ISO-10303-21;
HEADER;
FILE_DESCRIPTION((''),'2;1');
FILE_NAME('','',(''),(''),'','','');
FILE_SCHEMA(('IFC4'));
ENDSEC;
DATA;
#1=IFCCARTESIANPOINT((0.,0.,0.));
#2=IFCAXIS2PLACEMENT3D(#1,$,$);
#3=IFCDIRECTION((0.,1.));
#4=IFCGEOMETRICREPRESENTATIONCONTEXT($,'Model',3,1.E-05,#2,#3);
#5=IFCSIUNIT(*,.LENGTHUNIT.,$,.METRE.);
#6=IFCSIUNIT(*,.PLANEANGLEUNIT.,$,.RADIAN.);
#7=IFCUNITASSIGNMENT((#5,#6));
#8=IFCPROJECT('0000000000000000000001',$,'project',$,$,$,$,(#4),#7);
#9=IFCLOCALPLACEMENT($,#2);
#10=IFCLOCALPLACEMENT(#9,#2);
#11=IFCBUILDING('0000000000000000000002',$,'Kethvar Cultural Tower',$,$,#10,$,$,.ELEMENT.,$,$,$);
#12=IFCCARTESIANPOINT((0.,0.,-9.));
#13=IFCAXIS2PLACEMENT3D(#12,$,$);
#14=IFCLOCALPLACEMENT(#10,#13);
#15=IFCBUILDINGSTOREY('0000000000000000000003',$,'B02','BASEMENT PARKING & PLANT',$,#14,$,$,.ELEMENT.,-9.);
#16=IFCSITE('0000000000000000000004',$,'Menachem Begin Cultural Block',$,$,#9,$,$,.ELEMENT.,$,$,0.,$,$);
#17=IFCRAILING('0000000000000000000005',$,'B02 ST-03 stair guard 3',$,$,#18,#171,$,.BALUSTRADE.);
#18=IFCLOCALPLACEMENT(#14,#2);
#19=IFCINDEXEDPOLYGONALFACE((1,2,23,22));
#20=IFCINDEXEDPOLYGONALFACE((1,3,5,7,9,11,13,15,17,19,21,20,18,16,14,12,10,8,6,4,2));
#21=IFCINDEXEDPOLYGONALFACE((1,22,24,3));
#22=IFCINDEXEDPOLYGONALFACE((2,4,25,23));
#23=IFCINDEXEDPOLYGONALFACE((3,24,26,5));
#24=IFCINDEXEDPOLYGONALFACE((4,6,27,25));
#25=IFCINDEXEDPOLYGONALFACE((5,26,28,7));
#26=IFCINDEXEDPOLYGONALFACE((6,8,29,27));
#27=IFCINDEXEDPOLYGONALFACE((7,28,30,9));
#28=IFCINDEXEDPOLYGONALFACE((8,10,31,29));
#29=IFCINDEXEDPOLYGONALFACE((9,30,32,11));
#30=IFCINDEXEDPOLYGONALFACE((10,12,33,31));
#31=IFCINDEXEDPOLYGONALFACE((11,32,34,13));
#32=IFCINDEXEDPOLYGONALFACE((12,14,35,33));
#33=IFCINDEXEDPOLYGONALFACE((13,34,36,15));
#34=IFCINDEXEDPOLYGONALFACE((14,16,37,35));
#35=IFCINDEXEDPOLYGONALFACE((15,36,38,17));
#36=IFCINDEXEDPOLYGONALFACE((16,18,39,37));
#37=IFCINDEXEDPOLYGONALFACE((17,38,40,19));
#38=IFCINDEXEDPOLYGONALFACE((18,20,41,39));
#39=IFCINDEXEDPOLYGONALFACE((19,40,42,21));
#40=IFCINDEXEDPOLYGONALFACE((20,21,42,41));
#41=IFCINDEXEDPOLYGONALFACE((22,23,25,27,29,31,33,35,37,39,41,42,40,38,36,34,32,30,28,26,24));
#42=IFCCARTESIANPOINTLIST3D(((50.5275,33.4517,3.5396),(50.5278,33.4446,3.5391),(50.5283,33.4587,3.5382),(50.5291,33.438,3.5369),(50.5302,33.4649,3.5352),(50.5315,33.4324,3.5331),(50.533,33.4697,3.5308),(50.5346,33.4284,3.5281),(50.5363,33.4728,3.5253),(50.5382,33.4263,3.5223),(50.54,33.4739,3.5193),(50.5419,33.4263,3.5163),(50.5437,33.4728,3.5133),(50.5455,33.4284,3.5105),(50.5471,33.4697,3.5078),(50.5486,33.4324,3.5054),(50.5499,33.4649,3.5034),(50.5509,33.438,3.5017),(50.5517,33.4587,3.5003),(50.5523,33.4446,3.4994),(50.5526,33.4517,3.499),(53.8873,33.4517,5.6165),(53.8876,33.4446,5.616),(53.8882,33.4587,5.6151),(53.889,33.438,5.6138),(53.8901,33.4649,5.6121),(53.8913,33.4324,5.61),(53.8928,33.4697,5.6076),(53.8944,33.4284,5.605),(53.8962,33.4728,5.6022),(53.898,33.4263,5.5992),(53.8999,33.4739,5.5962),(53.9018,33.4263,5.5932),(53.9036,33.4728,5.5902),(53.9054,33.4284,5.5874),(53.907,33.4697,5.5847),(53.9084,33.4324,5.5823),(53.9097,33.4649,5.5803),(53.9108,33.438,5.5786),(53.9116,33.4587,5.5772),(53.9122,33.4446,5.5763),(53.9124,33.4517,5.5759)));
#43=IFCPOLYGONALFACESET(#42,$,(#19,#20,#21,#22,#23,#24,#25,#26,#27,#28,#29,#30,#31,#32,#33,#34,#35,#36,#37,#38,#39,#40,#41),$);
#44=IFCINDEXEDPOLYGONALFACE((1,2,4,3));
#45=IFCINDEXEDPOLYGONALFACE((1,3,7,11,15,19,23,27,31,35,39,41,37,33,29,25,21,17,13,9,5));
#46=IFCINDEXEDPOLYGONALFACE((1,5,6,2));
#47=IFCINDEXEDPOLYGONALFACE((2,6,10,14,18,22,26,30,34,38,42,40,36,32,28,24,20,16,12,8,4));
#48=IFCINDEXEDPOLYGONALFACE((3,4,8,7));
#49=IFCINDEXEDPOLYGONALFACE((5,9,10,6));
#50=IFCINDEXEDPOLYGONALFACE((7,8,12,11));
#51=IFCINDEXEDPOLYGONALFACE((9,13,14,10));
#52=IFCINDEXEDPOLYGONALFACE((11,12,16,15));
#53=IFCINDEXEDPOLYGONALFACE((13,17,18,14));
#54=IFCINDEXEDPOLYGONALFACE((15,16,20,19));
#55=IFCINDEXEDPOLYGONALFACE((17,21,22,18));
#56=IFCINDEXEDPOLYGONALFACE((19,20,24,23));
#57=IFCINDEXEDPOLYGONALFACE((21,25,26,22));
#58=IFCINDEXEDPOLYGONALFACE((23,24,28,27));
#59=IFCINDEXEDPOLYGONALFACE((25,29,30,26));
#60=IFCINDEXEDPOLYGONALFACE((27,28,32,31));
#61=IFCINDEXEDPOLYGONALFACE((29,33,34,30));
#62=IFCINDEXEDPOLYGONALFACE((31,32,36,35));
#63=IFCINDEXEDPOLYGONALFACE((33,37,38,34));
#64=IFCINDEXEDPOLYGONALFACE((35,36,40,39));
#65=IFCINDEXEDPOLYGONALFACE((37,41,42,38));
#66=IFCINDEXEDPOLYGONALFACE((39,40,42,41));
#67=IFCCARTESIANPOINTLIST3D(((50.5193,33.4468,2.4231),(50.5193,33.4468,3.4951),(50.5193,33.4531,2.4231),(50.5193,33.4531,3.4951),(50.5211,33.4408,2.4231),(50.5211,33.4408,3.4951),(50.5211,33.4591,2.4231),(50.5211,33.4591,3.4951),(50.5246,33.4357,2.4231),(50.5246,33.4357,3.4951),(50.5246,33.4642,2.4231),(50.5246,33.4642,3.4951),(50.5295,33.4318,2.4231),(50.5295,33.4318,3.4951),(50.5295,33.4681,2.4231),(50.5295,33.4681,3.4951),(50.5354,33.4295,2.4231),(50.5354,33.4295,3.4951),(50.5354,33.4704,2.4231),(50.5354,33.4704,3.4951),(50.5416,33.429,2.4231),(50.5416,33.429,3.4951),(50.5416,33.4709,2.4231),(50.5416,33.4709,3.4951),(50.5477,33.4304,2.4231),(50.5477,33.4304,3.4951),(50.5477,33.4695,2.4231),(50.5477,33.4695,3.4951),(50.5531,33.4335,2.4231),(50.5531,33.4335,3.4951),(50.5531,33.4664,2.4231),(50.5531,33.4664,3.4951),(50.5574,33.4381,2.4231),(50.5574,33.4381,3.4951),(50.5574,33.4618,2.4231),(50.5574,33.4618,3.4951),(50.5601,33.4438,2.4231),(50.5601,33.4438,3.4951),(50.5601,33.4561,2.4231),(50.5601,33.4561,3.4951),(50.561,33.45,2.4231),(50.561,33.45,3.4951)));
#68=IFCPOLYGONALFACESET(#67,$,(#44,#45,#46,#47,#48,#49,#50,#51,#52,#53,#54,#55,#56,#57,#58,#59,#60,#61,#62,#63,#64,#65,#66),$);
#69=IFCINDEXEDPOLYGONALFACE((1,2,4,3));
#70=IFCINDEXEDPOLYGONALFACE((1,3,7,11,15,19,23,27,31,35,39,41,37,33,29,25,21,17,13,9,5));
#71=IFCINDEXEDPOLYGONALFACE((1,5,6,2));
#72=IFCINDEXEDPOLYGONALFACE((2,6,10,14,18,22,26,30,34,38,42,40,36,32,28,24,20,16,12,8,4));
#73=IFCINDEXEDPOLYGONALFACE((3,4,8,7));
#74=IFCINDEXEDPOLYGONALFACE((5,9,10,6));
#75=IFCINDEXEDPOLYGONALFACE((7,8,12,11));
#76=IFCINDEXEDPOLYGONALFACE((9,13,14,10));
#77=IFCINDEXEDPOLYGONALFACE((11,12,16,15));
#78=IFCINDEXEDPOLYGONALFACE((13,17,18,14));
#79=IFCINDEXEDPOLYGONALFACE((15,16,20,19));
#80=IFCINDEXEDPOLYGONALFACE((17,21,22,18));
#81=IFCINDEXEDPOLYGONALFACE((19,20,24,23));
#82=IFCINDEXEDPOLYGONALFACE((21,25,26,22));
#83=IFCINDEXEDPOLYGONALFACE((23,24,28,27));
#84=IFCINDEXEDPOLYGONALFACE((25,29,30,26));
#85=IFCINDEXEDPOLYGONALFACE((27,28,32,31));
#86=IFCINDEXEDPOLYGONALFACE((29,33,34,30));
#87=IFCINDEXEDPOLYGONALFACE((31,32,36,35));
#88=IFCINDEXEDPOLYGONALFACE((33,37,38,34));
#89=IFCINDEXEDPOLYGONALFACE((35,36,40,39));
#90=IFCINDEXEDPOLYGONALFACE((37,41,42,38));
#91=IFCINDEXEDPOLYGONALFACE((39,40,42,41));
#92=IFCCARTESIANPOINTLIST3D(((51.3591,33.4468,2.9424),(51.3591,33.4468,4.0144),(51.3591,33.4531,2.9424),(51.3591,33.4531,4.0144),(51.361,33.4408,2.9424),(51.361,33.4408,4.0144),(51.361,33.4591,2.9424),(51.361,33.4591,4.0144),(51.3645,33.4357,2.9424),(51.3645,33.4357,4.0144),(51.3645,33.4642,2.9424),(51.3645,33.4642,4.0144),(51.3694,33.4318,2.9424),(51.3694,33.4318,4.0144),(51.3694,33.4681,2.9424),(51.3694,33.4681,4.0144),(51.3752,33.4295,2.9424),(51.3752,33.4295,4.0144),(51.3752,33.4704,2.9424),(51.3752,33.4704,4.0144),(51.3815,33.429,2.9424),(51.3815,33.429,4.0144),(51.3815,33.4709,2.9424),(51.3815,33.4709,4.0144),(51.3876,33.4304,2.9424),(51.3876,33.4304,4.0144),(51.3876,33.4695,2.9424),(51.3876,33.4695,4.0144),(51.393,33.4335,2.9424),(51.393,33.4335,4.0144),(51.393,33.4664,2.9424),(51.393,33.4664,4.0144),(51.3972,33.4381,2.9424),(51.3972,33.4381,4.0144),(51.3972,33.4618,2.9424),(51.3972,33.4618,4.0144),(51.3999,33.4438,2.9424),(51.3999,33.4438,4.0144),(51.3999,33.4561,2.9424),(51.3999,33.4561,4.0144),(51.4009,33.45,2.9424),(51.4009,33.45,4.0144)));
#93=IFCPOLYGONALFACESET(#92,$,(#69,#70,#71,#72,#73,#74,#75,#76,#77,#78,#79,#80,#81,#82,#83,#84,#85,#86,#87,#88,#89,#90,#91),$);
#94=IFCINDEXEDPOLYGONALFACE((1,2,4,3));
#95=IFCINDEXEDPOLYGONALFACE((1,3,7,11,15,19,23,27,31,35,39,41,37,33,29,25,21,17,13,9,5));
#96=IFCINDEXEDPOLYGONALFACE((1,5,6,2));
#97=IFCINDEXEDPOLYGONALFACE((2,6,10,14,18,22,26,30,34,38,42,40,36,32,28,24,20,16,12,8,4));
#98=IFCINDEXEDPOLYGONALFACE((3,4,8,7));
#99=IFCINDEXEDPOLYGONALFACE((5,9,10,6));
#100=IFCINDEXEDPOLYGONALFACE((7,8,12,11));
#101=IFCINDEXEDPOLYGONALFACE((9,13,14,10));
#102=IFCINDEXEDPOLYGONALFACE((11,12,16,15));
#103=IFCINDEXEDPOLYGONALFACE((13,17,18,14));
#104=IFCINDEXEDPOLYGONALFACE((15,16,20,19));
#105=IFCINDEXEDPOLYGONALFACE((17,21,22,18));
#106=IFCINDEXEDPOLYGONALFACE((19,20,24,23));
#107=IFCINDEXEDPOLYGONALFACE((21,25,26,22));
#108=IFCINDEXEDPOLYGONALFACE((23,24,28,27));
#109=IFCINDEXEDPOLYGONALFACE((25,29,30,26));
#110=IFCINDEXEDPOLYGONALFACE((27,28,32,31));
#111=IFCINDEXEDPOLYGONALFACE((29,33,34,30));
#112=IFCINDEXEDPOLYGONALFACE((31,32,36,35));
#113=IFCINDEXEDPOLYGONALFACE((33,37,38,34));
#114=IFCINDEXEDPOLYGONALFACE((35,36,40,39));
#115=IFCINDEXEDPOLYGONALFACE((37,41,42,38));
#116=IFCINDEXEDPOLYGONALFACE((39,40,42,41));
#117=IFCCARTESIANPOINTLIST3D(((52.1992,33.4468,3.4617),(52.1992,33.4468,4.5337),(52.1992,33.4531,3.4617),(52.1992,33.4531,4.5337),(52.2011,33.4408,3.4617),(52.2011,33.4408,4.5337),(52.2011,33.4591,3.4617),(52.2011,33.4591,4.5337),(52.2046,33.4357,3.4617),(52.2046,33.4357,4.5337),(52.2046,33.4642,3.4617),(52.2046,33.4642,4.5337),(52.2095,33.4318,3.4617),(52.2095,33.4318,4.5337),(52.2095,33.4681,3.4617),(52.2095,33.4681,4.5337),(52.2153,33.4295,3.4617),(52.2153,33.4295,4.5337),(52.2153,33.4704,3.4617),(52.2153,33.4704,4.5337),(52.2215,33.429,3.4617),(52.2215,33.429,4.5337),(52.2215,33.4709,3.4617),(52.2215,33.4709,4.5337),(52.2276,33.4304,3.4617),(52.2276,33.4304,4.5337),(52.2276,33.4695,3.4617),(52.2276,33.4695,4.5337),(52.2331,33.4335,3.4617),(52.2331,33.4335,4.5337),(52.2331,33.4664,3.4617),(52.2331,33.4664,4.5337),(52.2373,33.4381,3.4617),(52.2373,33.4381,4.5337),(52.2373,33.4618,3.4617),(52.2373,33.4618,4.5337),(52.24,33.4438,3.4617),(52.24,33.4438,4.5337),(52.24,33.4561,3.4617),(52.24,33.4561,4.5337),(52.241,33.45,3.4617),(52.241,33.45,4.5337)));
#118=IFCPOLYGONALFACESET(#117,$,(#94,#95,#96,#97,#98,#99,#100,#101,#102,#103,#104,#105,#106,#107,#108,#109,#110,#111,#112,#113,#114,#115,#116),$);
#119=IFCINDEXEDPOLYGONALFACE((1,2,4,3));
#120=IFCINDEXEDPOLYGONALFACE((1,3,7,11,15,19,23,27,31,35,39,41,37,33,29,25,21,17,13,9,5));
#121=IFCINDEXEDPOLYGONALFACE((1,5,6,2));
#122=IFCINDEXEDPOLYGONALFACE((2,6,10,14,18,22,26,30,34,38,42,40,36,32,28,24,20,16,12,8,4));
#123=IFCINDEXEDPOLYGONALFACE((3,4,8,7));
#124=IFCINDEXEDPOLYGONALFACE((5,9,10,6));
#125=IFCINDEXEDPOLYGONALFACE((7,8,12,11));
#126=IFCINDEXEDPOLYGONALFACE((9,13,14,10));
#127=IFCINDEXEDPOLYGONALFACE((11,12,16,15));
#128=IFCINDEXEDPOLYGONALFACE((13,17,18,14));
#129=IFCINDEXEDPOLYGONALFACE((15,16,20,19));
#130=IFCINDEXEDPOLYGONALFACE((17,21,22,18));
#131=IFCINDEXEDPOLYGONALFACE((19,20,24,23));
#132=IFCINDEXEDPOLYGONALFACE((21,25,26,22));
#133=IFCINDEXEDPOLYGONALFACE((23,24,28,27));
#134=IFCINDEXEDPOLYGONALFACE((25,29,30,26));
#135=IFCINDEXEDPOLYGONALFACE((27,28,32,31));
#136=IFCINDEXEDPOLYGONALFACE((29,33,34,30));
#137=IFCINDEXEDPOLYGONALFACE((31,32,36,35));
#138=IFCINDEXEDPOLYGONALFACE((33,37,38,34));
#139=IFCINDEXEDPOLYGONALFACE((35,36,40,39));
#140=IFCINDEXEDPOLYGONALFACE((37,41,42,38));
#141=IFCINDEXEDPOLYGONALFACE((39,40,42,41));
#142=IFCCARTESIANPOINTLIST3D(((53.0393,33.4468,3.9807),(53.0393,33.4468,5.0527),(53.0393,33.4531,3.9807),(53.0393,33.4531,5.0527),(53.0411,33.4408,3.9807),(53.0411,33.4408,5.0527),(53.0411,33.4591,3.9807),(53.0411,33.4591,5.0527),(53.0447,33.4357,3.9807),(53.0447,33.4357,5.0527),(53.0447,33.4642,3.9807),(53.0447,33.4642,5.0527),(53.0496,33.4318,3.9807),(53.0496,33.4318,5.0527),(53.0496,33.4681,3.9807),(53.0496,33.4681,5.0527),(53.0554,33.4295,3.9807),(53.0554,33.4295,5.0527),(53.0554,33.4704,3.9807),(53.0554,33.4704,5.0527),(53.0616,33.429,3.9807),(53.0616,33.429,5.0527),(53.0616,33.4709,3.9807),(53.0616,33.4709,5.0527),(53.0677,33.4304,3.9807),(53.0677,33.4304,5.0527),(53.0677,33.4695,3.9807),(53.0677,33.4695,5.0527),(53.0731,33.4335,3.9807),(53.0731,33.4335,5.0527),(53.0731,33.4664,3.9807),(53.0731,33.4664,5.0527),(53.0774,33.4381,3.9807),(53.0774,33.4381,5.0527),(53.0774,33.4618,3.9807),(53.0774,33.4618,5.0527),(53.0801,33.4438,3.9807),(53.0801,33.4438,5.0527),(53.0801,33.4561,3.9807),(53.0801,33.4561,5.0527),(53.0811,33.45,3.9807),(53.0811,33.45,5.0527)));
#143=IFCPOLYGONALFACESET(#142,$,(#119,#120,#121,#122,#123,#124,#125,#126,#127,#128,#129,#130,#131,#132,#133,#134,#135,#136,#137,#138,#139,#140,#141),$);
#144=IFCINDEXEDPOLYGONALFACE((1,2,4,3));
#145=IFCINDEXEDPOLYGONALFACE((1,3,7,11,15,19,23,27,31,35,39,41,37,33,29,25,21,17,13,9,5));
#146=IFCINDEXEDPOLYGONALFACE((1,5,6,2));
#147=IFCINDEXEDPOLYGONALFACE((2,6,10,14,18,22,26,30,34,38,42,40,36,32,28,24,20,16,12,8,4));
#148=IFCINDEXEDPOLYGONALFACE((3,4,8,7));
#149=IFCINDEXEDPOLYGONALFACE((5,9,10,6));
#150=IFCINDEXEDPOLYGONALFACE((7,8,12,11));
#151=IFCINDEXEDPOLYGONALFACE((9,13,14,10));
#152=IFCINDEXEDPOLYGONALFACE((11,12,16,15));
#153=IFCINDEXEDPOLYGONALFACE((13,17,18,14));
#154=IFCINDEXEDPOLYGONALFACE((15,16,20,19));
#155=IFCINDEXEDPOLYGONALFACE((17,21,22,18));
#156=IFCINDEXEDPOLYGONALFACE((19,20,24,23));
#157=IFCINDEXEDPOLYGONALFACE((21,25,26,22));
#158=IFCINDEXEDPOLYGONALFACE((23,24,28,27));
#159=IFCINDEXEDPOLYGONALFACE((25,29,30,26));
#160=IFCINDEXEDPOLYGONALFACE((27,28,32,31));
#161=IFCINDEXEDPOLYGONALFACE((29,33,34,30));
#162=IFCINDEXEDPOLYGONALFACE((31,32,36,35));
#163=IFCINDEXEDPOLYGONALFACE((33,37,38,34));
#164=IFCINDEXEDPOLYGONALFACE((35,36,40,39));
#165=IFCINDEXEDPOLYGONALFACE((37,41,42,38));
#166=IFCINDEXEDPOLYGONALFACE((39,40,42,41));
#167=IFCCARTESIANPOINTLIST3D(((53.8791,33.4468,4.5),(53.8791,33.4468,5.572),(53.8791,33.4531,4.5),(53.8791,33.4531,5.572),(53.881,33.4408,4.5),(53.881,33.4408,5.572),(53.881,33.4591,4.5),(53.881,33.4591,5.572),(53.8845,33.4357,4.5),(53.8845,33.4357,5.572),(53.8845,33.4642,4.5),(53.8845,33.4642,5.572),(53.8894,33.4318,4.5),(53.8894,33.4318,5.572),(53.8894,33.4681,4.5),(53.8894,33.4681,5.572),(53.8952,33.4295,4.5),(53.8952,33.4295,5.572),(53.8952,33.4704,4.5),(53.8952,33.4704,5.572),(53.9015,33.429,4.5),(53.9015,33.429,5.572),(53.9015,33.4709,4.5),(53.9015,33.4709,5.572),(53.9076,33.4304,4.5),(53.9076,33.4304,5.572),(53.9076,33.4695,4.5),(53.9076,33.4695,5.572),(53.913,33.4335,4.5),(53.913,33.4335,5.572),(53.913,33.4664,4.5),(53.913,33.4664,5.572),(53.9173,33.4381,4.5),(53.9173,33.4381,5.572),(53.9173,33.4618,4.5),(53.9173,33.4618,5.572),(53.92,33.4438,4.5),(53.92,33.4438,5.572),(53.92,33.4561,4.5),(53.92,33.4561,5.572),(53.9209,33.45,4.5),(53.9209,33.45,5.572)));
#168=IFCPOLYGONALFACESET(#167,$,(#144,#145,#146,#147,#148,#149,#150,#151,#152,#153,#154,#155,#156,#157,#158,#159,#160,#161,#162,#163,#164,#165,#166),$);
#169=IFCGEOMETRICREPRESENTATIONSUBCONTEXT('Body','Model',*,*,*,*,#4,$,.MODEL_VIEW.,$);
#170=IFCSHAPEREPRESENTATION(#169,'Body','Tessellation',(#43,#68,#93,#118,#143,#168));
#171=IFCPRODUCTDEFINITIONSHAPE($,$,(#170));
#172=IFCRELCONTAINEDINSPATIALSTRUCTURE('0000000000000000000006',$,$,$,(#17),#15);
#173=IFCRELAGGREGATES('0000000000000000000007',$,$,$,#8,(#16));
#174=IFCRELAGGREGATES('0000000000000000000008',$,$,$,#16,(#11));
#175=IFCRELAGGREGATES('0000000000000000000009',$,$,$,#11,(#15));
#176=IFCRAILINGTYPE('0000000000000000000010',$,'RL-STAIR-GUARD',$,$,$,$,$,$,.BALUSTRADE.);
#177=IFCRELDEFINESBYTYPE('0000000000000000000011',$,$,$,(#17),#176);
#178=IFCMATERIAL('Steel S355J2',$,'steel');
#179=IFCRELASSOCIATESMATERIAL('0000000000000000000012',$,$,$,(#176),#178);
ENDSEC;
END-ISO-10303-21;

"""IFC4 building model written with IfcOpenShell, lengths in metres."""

from ifc_helpers import new_model, si_unit, direction, frame, origin, origin_2d, place, context, subcontext, project, spatial, circle, extrude, material, type_object, element, save


model = new_model("IFC4")

# Units and contexts
model_context = context("Model", 3, precision=1e-05, world=origin(), true_north=direction((0.0, 1.0)))
body_context = subcontext(model_context, "Body", "Model", "MODEL_VIEW")
ifc_project = project(units=[si_unit("LENGTHUNIT", "METRE"), si_unit("PLANEANGLEUNIT", "RADIAN")], contexts=[model_context])

# Site, building, storey
site_placement = place(None, origin())
site = spatial("IfcSite", under=ifc_project, at=site_placement, Name="Menachem Begin Cultural Block", CompositionType="ELEMENT", RefElevation=0.0)
building_placement = place(site_placement, origin())
building = spatial("IfcBuilding", under=site, at=building_placement, Name="Kethvar Cultural Tower", CompositionType="ELEMENT")
storey_placement = place(building_placement, frame((0.0, 0.0, -9.0)))
storey = spatial("IfcBuildingStorey", under=building, at=storey_placement, Name="B02", Description="BASEMENT PARKING & PLANT", CompositionType="ELEMENT", Elevation=-9.0)

# Shared definitions
ifc_material_1 = material(Name="Steel S355J2", Category="steel")

# Railing
railing_type_1 = type_object("IfcRailingType", Name="RL-STAIR-GUARD", PredefinedType="BALUSTRADE", material=ifc_material_1)
railing_1_placement = place(storey_placement, frame((50.54, 33.45, 2.4231)))
element("IfcRailing", 1, at=railing_1_placement, inside=storey, type_object=railing_type_1, Name="B02 ST-03 stair guard 3", PredefinedType="BALUSTRADE", context=body_context, shape_type="SweptSolid", body=[
    extrude(circle(Radius=0.0239, at=origin_2d()), frame((0.0, 0.0, 1.0962), z_axis=(0.850606, 0.0, 0.525803), x_axis=(0.0, 1.0, 0.0)), (0.0, 0.0, 1.0), 3.95),
    extrude(circle(Radius=0.021, at=origin_2d()), origin(), (0.0, 0.0, 1.0), 1.072),
    extrude(circle(Radius=0.021, at=origin_2d()), frame((0.8398, 0.0, 0.5193)), (0.0, 0.0, 1.0), 1.072),
    extrude(circle(Radius=0.021, at=origin_2d()), frame((1.6799, 0.0, 1.0386)), (0.0, 0.0, 1.0), 1.072),
    extrude(circle(Radius=0.021, at=origin_2d()), frame((2.52, 0.0, 1.5576)), (0.0, 0.0, 1.0), 1.072),
    extrude(circle(Radius=0.021, at=origin_2d()), frame((3.3599, 0.0, 2.0769)), (0.0, 0.0, 1.0), 1.072),
])

save(model, "model.ifc")
